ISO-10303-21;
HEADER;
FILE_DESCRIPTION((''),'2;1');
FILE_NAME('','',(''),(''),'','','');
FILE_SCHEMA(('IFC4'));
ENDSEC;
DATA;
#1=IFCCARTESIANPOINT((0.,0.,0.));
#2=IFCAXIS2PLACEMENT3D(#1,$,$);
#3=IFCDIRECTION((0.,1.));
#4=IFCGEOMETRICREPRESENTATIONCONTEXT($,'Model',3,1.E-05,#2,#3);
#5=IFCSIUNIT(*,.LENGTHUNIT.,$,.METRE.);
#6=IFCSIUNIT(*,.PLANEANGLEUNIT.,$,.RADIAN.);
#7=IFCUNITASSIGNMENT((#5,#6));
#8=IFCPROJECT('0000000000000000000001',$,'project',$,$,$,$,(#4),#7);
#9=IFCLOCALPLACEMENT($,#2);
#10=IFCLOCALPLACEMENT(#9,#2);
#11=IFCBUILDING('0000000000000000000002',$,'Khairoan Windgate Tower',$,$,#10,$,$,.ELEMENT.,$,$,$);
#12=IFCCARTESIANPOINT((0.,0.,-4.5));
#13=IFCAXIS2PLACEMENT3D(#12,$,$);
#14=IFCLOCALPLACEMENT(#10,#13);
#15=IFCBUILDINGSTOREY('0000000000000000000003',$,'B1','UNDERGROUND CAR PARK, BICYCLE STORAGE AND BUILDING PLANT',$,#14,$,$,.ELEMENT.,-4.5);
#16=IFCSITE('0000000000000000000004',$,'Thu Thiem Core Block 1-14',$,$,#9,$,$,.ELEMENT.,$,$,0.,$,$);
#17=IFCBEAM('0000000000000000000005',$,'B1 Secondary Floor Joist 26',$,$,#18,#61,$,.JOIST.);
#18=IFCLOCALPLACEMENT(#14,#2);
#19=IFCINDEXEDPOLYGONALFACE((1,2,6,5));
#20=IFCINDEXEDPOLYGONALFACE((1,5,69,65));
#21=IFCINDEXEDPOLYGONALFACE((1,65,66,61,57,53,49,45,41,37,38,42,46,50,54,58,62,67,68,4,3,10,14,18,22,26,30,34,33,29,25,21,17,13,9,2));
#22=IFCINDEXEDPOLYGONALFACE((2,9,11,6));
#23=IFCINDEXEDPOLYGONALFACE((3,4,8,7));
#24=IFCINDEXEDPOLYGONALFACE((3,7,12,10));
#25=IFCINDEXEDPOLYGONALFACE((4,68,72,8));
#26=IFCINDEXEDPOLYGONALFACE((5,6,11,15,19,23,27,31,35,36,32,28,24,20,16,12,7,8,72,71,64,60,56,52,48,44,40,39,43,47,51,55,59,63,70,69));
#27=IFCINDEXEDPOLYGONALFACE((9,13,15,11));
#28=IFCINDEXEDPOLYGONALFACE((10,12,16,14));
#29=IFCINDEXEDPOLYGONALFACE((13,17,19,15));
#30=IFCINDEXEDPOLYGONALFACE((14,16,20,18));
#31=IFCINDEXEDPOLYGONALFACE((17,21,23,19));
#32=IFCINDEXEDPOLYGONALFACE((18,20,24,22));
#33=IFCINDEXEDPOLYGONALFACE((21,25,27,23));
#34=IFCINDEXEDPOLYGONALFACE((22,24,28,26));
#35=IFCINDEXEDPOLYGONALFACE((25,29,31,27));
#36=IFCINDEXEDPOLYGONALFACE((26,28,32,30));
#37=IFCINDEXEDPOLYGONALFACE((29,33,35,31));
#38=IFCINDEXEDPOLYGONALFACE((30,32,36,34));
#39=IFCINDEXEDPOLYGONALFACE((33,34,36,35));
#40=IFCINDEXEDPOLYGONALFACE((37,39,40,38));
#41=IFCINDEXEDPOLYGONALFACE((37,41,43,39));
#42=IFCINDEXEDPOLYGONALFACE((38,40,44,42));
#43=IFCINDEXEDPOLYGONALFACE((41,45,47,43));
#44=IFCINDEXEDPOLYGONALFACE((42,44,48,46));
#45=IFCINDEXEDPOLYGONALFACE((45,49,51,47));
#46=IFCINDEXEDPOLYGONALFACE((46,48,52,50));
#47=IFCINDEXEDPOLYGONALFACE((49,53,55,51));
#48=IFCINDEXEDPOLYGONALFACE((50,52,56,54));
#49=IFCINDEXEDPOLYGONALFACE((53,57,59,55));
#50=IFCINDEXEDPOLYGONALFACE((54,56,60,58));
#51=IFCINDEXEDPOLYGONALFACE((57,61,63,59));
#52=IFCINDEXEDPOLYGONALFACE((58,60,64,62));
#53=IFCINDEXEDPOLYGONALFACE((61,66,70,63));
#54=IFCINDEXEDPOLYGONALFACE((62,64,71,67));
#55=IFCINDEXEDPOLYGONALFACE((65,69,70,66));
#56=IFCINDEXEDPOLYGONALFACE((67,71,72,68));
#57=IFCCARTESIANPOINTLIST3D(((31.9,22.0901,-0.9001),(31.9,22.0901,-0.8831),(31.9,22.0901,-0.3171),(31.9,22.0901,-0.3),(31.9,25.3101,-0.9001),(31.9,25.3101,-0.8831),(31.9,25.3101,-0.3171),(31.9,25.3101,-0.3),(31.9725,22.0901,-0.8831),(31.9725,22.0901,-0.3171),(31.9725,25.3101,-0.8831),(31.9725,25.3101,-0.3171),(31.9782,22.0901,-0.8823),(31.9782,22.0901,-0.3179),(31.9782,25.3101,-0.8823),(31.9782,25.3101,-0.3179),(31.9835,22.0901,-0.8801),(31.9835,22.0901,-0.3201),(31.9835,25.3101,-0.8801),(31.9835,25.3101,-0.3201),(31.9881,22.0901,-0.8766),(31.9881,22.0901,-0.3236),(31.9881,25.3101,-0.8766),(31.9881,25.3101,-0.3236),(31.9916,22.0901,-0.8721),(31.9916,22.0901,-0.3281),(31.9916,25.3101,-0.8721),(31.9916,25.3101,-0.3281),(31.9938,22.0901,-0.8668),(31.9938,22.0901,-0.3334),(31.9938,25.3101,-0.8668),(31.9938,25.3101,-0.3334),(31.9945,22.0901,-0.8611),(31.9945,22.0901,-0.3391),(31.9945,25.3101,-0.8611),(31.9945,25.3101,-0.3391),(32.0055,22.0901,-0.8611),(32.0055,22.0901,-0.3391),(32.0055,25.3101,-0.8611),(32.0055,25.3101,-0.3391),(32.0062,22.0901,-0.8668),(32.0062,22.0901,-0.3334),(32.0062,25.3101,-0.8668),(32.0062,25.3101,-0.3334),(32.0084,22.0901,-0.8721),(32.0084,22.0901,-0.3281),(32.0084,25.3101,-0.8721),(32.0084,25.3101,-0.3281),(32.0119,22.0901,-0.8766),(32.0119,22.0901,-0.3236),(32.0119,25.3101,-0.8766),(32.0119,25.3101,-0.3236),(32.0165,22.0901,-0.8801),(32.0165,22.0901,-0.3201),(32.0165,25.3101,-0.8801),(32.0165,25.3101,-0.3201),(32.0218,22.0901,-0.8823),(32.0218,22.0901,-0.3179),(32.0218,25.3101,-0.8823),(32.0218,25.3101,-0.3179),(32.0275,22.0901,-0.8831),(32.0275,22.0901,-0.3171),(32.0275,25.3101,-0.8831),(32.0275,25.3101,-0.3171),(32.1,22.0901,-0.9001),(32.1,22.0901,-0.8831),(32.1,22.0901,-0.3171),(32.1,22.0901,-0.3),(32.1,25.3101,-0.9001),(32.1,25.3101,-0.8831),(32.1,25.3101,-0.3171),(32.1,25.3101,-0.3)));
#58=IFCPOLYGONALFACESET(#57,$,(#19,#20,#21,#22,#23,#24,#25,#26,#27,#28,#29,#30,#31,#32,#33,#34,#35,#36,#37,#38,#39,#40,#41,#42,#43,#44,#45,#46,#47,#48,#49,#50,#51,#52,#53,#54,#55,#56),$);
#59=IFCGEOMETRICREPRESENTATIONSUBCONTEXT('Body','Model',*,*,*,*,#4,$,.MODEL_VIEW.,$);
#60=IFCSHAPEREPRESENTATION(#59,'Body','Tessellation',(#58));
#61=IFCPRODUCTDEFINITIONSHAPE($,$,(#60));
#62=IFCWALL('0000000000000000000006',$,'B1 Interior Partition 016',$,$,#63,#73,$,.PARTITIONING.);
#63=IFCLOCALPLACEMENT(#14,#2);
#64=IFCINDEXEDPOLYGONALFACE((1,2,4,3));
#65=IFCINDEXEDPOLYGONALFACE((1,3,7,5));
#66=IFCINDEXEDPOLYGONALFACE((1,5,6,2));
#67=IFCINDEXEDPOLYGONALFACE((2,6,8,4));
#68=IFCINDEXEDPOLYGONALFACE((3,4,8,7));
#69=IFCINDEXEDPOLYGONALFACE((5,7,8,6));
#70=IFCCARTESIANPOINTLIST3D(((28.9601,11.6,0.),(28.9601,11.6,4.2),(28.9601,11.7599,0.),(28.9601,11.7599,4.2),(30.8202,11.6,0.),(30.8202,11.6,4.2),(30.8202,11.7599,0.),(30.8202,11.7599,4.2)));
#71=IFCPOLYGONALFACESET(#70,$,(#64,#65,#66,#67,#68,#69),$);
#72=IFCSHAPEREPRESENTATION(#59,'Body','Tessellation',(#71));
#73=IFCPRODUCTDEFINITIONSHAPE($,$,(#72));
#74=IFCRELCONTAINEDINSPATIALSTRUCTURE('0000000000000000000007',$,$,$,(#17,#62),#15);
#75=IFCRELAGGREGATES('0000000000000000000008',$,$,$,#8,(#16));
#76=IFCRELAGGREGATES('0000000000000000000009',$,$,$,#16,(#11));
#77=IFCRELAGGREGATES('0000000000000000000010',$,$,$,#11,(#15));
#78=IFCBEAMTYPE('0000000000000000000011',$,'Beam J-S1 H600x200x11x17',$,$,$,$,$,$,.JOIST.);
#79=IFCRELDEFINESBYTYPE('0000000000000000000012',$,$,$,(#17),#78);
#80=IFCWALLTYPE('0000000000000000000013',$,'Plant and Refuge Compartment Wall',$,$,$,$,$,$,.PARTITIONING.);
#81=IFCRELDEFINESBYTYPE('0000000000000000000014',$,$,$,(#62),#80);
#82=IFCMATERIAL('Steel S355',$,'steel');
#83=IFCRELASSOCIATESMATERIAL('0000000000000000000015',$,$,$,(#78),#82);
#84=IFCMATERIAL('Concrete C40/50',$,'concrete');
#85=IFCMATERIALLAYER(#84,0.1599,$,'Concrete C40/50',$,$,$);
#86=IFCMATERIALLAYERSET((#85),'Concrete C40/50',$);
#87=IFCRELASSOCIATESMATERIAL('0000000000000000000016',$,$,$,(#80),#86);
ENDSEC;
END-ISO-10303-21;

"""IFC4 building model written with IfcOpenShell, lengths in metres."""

from ifc_helpers import new_model, si_unit, direction, frame, frame_2d, origin, origin_2d, place, context, subcontext, project, spatial, rectangle, i_section, extrude, material, layer, layer_set, material_profile, profile_set, type_object, element, save


model = new_model("IFC4")

# Units and contexts
model_context = context("Model", 3, precision=1e-05, world=origin(), true_north=direction((0.0, 1.0)))
body_context = subcontext(model_context, "Body", "Model", "MODEL_VIEW")
ifc_project = project(units=[si_unit("LENGTHUNIT", "METRE"), si_unit("PLANEANGLEUNIT", "RADIAN")], contexts=[model_context])

# Site, building, storey
site_placement = place(None, origin())
site = spatial("IfcSite", under=ifc_project, at=site_placement, Name="Thu Thiem Core Block 1-14", CompositionType="ELEMENT", RefElevation=0.0)
building_placement = place(site_placement, origin())
building = spatial("IfcBuilding", under=site, at=building_placement, Name="Khairoan Windgate Tower", CompositionType="ELEMENT")
storey_placement = place(building_placement, frame((0.0, 0.0, -4.5)))
storey = spatial("IfcBuildingStorey", under=building, at=storey_placement, Name="B1", Description="UNDERGROUND CAR PARK, BICYCLE STORAGE AND BUILDING PLANT", CompositionType="ELEMENT", Elevation=-4.5)

# Beam
ifc_material_1 = material(Name="Steel S355", Category="steel")
ifc_material_profile_1 = material_profile(ifc_material_1, i_section(OverallWidth=0.2, OverallDepth=0.6001, WebThickness=0.011, FlangeThickness=0.0171, FilletRadius=0.022, at=origin_2d()))
ifc_profile_set_1 = profile_set([ifc_material_profile_1], Name="Steel S355")
beam_type_1 = type_object("IfcBeamType", Name="Beam J-S1 H600x200x11x17", PredefinedType="JOIST", material=ifc_profile_set_1)
beam_1_placement = place(storey_placement, frame((32.0, 22.0901, -0.6001), z_axis=(0.0, 1.0, 0.0), x_axis=(-1.0, 0.0, 0.0)))
element("IfcBeam", 1, at=beam_1_placement, inside=storey, type_object=beam_type_1, Name="B1 Secondary Floor Joist 26", PredefinedType="JOIST", context=body_context, shape_type="SweptSolid", body=[
    extrude(i_section(OverallWidth=0.2, OverallDepth=0.6001, WebThickness=0.011, FlangeThickness=0.0171, FilletRadius=0.022, at=origin_2d()), origin(), (0.0, 0.0, 1.0), 3.22),
])

# Shared definitions
ifc_material_2 = material(Name="Concrete C40/50", Category="concrete")
ifc_layer = layer(ifc_material_2, 0.1599, Name="Concrete C40/50")
ifc_layer_set = layer_set([ifc_layer], Name="Concrete C40/50")
wall_type = type_object("IfcWallType", Name="Plant and Refuge Compartment Wall", PredefinedType="PARTITIONING", material=ifc_layer_set)

# Wall
wall_1_placement = place(storey_placement, frame((28.96, 11.6799, 0.0), z_axis=(0.0, 0.0, 1.0), x_axis=(1.0, 0.0, 0.0)))
element("IfcWall", 2, at=wall_1_placement, inside=storey, type_object=wall_type, Name="B1 Interior Partition 016", PredefinedType="PARTITIONING", context=body_context, shape_type="SweptSolid", body=[
    extrude(rectangle(XDim=1.8601, YDim=0.1599, at=frame_2d((0.9302, 0.0))), origin(), (0.0, 0.0, 1.0), 4.2),
])

save(model, "model.ifc")
